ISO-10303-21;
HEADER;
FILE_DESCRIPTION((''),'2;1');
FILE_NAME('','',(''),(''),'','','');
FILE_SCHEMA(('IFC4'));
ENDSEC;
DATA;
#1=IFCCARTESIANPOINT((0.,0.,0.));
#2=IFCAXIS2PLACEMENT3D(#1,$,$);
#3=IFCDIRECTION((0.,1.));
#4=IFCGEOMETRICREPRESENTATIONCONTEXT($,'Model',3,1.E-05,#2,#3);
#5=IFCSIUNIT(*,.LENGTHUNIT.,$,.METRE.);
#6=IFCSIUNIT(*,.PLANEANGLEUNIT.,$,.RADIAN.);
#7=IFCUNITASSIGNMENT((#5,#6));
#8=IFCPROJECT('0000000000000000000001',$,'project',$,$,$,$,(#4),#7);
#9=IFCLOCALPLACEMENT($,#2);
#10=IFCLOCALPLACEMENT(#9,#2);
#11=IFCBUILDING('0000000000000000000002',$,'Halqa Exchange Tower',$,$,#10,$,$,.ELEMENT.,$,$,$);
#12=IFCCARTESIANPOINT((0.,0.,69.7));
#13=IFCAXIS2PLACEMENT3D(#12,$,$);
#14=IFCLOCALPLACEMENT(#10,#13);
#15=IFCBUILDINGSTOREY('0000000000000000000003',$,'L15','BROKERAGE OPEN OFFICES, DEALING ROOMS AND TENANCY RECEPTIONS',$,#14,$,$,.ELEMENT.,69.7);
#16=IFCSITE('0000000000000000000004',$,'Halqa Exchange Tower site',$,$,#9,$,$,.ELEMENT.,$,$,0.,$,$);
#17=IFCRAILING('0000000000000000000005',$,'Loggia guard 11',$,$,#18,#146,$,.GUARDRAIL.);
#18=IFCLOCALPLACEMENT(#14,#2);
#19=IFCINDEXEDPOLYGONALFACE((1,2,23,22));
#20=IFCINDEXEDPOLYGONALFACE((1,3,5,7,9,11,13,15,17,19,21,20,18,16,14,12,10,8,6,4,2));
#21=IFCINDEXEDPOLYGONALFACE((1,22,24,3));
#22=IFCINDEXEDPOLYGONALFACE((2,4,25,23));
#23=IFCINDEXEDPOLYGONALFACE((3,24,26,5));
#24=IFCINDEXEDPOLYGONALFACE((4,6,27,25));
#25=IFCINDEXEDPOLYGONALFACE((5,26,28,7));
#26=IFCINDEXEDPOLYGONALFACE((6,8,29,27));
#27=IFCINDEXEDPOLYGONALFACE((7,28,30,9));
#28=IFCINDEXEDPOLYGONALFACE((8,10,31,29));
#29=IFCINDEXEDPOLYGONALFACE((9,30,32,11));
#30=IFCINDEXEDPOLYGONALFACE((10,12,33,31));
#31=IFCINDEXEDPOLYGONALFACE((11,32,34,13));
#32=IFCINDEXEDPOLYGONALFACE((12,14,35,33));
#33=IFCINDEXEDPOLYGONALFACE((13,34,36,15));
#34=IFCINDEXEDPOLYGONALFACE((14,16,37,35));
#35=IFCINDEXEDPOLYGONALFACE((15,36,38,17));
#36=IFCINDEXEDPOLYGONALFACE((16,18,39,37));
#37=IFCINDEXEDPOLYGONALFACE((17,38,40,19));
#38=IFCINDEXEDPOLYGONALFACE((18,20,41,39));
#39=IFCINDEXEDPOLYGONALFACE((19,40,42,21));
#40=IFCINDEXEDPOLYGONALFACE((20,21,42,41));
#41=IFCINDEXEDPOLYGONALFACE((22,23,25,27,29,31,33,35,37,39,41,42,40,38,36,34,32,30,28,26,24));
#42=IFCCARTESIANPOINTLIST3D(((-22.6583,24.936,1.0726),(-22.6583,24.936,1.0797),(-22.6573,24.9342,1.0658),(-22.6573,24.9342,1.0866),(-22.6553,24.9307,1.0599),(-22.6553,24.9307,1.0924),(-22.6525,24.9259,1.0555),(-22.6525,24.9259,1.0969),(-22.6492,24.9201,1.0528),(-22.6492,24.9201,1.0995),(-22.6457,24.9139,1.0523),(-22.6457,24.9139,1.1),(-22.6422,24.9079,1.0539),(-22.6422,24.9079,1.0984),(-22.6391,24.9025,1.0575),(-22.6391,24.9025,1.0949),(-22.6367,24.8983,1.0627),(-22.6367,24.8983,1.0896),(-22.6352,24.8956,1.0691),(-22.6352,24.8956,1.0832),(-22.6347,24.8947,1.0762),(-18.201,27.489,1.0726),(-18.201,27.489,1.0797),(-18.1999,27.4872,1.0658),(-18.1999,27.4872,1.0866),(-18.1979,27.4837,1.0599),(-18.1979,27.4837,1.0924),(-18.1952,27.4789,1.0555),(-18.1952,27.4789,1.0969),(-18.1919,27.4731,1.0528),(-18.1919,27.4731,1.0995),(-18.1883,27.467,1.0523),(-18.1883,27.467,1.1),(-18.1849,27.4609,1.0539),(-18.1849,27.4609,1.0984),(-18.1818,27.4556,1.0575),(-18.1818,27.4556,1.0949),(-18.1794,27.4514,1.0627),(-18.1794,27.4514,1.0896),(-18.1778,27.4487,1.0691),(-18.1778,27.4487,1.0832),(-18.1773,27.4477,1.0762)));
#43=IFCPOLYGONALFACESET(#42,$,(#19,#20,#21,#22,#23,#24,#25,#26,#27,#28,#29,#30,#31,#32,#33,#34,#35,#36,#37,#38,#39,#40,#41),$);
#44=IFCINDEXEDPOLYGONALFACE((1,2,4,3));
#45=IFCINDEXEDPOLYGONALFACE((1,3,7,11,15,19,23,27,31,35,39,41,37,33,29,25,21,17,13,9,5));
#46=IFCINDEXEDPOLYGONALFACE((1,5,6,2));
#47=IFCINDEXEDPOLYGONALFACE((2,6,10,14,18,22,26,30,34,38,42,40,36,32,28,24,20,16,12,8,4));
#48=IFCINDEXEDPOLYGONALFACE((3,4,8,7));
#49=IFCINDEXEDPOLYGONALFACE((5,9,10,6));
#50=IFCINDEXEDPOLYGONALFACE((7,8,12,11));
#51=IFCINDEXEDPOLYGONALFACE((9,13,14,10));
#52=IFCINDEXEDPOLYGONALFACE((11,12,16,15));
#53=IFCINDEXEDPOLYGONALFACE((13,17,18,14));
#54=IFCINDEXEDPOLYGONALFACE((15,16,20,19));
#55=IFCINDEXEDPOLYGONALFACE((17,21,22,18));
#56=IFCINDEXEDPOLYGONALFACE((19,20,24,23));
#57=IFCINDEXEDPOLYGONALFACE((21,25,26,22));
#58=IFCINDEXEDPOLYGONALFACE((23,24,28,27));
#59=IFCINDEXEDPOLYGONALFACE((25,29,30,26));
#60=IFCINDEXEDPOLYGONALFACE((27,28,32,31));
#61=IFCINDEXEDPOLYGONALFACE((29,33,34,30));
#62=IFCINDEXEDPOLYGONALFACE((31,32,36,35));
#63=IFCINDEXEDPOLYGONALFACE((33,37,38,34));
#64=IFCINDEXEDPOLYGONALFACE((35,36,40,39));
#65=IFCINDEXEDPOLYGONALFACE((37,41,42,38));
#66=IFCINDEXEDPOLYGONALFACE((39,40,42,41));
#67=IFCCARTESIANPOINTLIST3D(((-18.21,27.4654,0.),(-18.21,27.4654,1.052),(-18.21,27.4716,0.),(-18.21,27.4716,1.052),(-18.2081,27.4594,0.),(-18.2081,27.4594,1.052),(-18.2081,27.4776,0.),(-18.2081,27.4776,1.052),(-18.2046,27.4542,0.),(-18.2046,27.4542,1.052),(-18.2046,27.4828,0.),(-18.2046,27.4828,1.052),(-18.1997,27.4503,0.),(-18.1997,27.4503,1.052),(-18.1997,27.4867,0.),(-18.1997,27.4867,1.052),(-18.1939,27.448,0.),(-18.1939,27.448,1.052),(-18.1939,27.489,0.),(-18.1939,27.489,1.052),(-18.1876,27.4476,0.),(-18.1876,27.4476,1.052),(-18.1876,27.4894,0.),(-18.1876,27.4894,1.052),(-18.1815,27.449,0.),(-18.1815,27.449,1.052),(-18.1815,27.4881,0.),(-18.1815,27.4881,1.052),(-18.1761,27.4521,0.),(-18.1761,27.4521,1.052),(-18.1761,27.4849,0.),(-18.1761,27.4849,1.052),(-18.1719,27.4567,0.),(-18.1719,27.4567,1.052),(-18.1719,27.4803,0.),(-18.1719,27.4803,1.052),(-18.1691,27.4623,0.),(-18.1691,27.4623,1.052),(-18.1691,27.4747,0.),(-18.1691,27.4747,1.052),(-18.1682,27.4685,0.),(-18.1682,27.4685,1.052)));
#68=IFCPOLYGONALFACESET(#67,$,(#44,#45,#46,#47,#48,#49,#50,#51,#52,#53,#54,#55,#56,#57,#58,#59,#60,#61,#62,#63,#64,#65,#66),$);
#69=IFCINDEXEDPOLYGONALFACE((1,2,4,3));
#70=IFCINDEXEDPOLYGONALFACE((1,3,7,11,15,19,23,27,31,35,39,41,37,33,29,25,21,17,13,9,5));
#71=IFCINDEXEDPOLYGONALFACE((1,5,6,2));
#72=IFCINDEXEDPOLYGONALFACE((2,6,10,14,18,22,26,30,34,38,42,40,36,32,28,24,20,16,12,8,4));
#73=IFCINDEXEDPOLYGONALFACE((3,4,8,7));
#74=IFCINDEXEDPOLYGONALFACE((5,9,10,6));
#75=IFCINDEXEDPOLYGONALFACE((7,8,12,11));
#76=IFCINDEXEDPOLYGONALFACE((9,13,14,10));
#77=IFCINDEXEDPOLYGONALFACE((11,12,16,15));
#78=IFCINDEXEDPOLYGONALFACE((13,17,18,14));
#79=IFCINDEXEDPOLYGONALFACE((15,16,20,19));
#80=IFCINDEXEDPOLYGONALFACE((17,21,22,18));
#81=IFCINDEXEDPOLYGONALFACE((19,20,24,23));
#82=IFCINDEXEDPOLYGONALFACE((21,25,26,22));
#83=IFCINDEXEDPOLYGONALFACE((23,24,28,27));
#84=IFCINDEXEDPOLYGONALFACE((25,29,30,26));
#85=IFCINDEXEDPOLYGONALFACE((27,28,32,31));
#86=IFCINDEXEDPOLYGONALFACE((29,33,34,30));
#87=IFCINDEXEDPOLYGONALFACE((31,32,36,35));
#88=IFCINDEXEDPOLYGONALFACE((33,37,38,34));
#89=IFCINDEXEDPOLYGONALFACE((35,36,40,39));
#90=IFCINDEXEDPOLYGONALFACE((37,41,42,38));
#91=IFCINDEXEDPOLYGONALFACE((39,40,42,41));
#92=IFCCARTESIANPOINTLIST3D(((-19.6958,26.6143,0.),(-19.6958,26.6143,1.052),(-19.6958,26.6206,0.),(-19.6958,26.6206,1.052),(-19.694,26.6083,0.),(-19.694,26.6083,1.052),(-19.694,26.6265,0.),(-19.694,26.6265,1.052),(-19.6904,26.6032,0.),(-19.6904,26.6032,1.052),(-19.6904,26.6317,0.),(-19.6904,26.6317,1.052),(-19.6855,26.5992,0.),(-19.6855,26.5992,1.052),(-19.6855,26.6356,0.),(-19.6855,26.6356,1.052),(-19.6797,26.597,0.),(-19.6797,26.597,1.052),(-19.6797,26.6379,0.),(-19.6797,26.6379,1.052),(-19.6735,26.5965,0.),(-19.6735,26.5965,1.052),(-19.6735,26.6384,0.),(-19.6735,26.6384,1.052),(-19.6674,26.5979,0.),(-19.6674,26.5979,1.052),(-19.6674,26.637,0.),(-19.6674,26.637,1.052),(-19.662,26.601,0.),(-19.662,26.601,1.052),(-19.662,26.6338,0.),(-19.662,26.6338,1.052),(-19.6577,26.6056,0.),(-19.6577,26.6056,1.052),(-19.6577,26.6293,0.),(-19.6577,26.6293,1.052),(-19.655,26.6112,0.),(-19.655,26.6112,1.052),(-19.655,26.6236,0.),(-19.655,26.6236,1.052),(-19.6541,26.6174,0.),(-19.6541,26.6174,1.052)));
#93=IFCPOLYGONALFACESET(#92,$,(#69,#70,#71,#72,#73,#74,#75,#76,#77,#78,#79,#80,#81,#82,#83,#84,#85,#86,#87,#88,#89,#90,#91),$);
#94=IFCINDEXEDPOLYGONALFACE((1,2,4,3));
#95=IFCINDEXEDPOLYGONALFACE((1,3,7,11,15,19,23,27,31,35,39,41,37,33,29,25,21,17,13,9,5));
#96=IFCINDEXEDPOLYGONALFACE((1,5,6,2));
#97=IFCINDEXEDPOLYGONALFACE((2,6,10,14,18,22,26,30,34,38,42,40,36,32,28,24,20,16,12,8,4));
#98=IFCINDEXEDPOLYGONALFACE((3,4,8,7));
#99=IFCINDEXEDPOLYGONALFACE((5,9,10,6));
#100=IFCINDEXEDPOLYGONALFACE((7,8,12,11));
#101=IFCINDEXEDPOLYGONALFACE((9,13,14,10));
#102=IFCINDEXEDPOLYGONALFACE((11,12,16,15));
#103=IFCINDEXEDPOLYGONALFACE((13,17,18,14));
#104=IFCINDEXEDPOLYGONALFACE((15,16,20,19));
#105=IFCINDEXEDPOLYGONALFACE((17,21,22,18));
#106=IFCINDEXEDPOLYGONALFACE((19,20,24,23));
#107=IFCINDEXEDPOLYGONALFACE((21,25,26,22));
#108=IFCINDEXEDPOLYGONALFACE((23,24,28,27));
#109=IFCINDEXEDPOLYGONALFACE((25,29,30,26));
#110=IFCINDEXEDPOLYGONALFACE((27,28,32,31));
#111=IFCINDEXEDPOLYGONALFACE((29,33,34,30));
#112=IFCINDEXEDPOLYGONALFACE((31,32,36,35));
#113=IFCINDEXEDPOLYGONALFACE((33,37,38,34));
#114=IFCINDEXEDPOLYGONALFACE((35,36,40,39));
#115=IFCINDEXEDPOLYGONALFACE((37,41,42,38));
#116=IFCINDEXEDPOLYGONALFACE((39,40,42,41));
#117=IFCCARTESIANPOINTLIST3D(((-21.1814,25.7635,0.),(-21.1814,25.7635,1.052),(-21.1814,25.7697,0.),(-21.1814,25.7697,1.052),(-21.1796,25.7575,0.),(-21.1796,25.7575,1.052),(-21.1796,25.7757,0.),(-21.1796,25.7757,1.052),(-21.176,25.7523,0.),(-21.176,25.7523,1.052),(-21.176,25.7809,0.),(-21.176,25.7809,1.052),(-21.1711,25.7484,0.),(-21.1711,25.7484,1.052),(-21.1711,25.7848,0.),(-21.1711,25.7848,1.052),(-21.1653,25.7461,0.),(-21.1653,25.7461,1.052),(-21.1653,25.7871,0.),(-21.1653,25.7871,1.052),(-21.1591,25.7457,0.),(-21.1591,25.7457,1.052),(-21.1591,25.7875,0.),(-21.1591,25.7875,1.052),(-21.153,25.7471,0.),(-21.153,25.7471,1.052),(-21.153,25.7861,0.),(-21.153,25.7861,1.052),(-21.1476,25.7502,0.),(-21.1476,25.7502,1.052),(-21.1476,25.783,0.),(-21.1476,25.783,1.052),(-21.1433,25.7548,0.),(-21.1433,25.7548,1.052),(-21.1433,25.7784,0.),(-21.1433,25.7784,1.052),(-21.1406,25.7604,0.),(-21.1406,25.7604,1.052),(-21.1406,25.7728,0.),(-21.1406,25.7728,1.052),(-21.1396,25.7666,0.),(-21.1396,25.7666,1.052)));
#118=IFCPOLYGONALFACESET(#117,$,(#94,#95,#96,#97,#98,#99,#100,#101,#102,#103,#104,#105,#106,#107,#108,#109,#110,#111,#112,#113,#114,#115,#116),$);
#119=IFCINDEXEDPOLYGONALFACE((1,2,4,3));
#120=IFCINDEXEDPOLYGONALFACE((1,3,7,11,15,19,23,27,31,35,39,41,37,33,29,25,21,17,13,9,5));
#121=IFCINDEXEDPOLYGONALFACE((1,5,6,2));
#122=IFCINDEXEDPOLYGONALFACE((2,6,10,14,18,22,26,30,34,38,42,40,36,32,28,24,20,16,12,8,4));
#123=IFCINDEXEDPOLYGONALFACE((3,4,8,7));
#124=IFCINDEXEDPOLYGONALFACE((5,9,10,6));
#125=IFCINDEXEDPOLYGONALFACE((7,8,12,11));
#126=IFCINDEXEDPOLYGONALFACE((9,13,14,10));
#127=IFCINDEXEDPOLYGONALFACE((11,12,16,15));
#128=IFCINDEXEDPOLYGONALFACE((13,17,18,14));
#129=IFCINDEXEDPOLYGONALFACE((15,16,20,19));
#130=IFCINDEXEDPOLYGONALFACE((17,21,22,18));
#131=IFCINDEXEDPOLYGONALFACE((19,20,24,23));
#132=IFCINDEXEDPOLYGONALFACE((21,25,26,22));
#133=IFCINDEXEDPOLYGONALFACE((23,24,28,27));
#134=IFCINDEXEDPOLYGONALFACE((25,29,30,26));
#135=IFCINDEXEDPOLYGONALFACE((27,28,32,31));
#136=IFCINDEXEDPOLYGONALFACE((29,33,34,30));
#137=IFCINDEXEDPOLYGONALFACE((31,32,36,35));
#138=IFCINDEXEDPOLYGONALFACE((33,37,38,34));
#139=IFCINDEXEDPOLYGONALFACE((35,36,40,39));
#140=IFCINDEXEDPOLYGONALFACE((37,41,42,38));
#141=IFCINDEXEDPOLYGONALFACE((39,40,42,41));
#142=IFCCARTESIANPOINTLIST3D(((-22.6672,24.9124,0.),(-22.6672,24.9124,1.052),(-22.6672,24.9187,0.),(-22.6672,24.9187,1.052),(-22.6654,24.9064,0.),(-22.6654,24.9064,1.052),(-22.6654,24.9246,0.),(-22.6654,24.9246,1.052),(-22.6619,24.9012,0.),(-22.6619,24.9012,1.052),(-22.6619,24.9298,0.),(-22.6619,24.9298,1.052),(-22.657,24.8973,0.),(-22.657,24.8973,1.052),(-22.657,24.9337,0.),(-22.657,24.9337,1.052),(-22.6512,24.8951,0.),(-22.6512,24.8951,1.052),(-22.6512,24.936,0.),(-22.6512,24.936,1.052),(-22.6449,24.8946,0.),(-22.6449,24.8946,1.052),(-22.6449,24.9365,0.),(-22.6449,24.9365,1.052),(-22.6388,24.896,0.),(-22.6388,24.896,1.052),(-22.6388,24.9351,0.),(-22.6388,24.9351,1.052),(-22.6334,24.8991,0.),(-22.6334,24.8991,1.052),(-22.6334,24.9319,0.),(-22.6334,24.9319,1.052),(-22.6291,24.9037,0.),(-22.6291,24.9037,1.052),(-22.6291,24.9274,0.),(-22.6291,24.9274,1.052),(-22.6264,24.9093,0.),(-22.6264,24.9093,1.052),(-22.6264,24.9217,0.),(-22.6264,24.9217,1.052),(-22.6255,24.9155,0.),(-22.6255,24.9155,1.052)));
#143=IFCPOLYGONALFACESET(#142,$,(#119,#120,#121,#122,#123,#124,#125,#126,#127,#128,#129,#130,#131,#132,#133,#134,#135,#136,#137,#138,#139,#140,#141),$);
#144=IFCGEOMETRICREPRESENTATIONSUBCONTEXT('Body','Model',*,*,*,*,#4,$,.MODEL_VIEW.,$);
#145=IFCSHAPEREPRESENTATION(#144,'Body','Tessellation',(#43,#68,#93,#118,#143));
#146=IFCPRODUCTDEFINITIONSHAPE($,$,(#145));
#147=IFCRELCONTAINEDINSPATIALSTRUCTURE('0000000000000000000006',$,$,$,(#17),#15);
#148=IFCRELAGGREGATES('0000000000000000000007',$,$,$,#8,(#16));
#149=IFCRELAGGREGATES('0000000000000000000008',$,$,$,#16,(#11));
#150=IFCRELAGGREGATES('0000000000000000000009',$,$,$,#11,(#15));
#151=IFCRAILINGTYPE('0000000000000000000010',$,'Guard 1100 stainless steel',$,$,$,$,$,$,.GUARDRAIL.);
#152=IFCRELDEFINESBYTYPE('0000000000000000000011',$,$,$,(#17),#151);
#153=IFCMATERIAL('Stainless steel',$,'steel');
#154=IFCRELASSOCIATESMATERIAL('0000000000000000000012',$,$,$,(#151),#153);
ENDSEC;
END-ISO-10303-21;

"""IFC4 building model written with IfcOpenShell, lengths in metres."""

from ifc_helpers import new_model, si_unit, direction, frame, origin, origin_2d, place, context, subcontext, project, spatial, circle, extrude, material, type_object, element, save


model = new_model("IFC4")

# Units and contexts
model_context = context("Model", 3, precision=1e-05, world=origin(), true_north=direction((0.0, 1.0)))
body_context = subcontext(model_context, "Body", "Model", "MODEL_VIEW")
ifc_project = project(units=[si_unit("LENGTHUNIT", "METRE"), si_unit("PLANEANGLEUNIT", "RADIAN")], contexts=[model_context])

# Site, building, storey
site_placement = place(None, origin())
site = spatial("IfcSite", under=ifc_project, at=site_placement, Name="Halqa Exchange Tower site", CompositionType="ELEMENT", RefElevation=0.0)
building_placement = place(site_placement, origin())
building = spatial("IfcBuilding", under=site, at=building_placement, Name="Halqa Exchange Tower", CompositionType="ELEMENT")
storey_placement = place(building_placement, frame((0.0, 0.0, 69.7)))
storey = spatial("IfcBuildingStorey", under=building, at=storey_placement, Name="L15", Description="BROKERAGE OPEN OFFICES, DEALING ROOMS AND TENANCY RECEPTIONS", CompositionType="ELEMENT", Elevation=69.7)

# Railing
ifc_material_1 = material(Name="Stainless steel", Category="steel")
railing_type = type_object("IfcRailingType", Name="Guard 1100 stainless steel", PredefinedType="GUARDRAIL", material=ifc_material_1)
railing_1_placement = place(storey_placement, frame((-18.1892, 27.4685, 0.0)))
element("IfcRailing", 1, at=railing_1_placement, inside=storey, type_object=railing_type, Name="Loggia guard 11", PredefinedType="GUARDRAIL", context=body_context, shape_type="SweptSolid", body=[
    extrude(circle(Radius=0.0239, at=origin_2d()), frame((0.0, 0.0, 1.0762), z_axis=(-0.867743, -0.497014, 0.0), x_axis=(0.497014, -0.867743, 0.0)), (0.0, 0.0, 1.0), 5.1367),
    extrude(circle(Radius=0.021, at=origin_2d()), origin(), (0.0, 0.0, 1.0), 1.052),
    extrude(circle(Radius=0.021, at=origin_2d()), frame((-1.4858, -0.8511, 0.0)), (0.0, 0.0, 1.0), 1.052),
    extrude(circle(Radius=0.021, at=origin_2d()), frame((-2.9714, -1.7019, 0.0)), (0.0, 0.0, 1.0), 1.052),
    extrude(circle(Radius=0.021, at=origin_2d()), frame((-4.4573, -2.553, 0.0)), (0.0, 0.0, 1.0), 1.052),
])

save(model, "model.ifc")
